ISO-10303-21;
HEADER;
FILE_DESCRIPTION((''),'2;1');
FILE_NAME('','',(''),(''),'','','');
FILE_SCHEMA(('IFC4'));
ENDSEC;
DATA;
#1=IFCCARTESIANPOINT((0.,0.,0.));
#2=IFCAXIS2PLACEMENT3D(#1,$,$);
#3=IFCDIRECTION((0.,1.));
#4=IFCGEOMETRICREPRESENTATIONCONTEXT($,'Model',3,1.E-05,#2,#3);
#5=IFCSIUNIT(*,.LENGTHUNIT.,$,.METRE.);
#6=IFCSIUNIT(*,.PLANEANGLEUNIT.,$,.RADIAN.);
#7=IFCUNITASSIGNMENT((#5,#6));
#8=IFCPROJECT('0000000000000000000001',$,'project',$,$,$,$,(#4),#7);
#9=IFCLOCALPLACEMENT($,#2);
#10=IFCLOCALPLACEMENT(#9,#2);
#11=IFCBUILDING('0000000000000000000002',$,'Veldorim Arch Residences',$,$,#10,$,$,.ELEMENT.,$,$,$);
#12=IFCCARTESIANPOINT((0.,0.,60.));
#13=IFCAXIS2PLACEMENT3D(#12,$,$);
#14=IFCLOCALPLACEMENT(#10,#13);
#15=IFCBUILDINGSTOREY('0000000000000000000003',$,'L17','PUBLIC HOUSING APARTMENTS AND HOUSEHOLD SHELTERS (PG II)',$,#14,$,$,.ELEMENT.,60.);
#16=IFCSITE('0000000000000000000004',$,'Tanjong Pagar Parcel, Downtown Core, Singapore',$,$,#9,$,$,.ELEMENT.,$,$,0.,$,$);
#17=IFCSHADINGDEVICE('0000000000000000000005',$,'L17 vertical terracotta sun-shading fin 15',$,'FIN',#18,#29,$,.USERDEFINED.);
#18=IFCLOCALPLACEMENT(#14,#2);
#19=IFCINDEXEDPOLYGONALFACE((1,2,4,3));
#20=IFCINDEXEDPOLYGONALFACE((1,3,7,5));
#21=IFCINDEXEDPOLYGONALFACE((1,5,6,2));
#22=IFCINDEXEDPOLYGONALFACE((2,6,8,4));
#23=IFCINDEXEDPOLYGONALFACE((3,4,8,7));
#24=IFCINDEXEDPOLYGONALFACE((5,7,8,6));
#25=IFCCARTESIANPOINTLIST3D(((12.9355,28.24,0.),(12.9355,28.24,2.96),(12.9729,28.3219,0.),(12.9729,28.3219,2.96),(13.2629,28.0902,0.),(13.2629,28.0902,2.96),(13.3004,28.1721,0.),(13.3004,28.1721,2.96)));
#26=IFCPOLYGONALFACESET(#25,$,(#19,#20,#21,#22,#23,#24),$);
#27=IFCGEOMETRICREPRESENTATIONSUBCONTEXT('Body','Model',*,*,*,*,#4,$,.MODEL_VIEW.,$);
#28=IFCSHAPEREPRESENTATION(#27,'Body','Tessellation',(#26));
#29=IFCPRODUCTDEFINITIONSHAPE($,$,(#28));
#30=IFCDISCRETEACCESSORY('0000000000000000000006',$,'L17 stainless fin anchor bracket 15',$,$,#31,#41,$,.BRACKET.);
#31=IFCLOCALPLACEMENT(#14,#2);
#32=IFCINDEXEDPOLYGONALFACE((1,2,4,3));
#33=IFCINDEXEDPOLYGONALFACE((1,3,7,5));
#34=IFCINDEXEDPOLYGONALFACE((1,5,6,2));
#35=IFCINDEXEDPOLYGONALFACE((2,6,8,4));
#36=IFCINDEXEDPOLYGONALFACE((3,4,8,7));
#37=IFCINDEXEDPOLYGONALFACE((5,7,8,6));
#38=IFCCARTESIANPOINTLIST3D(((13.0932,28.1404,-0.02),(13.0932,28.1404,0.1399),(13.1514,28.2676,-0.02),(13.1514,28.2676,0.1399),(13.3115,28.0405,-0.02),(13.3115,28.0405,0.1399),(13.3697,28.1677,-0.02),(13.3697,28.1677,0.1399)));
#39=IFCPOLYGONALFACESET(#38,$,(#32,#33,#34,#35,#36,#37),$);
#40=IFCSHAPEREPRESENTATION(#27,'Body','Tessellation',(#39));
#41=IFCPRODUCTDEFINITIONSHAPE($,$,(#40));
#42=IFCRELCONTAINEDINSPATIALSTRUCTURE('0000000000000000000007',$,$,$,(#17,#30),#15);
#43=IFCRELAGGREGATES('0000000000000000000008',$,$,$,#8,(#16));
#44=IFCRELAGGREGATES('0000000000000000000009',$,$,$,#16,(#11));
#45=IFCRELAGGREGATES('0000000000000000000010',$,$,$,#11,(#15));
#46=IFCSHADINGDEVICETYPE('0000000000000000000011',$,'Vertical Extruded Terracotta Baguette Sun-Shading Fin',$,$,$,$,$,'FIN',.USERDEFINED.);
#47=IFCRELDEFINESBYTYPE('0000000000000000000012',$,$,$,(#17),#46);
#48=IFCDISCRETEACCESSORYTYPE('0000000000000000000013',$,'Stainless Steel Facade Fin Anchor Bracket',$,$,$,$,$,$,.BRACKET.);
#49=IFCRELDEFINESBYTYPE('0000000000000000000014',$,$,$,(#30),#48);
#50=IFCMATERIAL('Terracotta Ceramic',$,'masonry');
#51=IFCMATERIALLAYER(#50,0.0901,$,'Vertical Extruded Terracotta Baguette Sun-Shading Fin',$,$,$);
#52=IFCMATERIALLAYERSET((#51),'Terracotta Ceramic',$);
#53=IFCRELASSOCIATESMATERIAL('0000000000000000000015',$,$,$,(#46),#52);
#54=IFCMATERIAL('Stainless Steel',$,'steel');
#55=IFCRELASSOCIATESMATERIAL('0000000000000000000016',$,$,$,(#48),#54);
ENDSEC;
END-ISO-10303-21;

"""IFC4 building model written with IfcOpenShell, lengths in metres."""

from ifc_helpers import new_model, si_unit, direction, frame, origin, origin_2d, place, context, subcontext, project, spatial, rectangle, extrude, material, layer, layer_set, type_object, element, save


model = new_model("IFC4")

# Units and contexts
model_context = context("Model", 3, precision=1e-05, world=origin(), true_north=direction((0.0, 1.0)))
body_context = subcontext(model_context, "Body", "Model", "MODEL_VIEW")
ifc_project = project(units=[si_unit("LENGTHUNIT", "METRE"), si_unit("PLANEANGLEUNIT", "RADIAN")], contexts=[model_context])

# Site, building, storey
site_placement = place(None, origin())
site = spatial("IfcSite", under=ifc_project, at=site_placement, Name="Tanjong Pagar Parcel, Downtown Core, Singapore", CompositionType="ELEMENT", RefElevation=0.0)
building_placement = place(site_placement, origin())
building = spatial("IfcBuilding", under=site, at=building_placement, Name="Veldorim Arch Residences", CompositionType="ELEMENT")
storey_placement = place(building_placement, frame((0.0, 0.0, 60.0)))
storey = spatial("IfcBuildingStorey", under=building, at=storey_placement, Name="L17", Description="PUBLIC HOUSING APARTMENTS AND HOUSEHOLD SHELTERS (PG II)", CompositionType="ELEMENT", Elevation=60.0)

# Shading device
ifc_material_1 = material(Name="Terracotta Ceramic", Category="masonry")
ifc_layer_1 = layer(ifc_material_1, 0.0901, Name="Vertical Extruded Terracotta Baguette Sun-Shading Fin")
ifc_layer_set_1 = layer_set([ifc_layer_1], Name="Terracotta Ceramic")
shading_device_type = type_object("IfcShadingDeviceType", Name="Vertical Extruded Terracotta Baguette Sun-Shading Fin", ElementType="FIN", PredefinedType="USERDEFINED", material=ifc_layer_set_1)
shading_device_placement = place(storey_placement, frame((13.1179, 28.2061, 0.0), z_axis=(0.0, 0.0, 1.0), x_axis=(0.416122, 0.909309, 0.0)))
element("IfcShadingDevice", 1, at=shading_device_placement, inside=storey, type_object=shading_device_type, Name="L17 vertical terracotta sun-shading fin 15", ObjectType="FIN", PredefinedType="USERDEFINED", context=body_context, shape_type="SweptSolid", body=[
    extrude(rectangle(XDim=0.0901, YDim=0.3601, at=origin_2d()), origin(), (0.0, 0.0, 1.0), 2.96),
])

# Discrete accessory
ifc_material_2 = material(Name="Stainless Steel", Category="steel")
discrete_accessory_type = type_object("IfcDiscreteAccessoryType", Name="Stainless Steel Facade Fin Anchor Bracket", PredefinedType="BRACKET", material=ifc_material_2)
discrete_accessory_placement = place(storey_placement, frame((13.2314, 28.1541, -0.02), z_axis=(0.0, 0.0, 1.0), x_axis=(0.416122, 0.909309, 0.0)))
element("IfcDiscreteAccessory", 2, at=discrete_accessory_placement, inside=storey, type_object=discrete_accessory_type, Name="L17 stainless fin anchor bracket 15", PredefinedType="BRACKET", context=body_context, shape_type="SweptSolid", body=[
    extrude(rectangle(XDim=0.1399, YDim=0.24, at=origin_2d()), origin(), (0.0, 0.0, 1.0), 0.1599),
])

save(model, "model.ifc")
